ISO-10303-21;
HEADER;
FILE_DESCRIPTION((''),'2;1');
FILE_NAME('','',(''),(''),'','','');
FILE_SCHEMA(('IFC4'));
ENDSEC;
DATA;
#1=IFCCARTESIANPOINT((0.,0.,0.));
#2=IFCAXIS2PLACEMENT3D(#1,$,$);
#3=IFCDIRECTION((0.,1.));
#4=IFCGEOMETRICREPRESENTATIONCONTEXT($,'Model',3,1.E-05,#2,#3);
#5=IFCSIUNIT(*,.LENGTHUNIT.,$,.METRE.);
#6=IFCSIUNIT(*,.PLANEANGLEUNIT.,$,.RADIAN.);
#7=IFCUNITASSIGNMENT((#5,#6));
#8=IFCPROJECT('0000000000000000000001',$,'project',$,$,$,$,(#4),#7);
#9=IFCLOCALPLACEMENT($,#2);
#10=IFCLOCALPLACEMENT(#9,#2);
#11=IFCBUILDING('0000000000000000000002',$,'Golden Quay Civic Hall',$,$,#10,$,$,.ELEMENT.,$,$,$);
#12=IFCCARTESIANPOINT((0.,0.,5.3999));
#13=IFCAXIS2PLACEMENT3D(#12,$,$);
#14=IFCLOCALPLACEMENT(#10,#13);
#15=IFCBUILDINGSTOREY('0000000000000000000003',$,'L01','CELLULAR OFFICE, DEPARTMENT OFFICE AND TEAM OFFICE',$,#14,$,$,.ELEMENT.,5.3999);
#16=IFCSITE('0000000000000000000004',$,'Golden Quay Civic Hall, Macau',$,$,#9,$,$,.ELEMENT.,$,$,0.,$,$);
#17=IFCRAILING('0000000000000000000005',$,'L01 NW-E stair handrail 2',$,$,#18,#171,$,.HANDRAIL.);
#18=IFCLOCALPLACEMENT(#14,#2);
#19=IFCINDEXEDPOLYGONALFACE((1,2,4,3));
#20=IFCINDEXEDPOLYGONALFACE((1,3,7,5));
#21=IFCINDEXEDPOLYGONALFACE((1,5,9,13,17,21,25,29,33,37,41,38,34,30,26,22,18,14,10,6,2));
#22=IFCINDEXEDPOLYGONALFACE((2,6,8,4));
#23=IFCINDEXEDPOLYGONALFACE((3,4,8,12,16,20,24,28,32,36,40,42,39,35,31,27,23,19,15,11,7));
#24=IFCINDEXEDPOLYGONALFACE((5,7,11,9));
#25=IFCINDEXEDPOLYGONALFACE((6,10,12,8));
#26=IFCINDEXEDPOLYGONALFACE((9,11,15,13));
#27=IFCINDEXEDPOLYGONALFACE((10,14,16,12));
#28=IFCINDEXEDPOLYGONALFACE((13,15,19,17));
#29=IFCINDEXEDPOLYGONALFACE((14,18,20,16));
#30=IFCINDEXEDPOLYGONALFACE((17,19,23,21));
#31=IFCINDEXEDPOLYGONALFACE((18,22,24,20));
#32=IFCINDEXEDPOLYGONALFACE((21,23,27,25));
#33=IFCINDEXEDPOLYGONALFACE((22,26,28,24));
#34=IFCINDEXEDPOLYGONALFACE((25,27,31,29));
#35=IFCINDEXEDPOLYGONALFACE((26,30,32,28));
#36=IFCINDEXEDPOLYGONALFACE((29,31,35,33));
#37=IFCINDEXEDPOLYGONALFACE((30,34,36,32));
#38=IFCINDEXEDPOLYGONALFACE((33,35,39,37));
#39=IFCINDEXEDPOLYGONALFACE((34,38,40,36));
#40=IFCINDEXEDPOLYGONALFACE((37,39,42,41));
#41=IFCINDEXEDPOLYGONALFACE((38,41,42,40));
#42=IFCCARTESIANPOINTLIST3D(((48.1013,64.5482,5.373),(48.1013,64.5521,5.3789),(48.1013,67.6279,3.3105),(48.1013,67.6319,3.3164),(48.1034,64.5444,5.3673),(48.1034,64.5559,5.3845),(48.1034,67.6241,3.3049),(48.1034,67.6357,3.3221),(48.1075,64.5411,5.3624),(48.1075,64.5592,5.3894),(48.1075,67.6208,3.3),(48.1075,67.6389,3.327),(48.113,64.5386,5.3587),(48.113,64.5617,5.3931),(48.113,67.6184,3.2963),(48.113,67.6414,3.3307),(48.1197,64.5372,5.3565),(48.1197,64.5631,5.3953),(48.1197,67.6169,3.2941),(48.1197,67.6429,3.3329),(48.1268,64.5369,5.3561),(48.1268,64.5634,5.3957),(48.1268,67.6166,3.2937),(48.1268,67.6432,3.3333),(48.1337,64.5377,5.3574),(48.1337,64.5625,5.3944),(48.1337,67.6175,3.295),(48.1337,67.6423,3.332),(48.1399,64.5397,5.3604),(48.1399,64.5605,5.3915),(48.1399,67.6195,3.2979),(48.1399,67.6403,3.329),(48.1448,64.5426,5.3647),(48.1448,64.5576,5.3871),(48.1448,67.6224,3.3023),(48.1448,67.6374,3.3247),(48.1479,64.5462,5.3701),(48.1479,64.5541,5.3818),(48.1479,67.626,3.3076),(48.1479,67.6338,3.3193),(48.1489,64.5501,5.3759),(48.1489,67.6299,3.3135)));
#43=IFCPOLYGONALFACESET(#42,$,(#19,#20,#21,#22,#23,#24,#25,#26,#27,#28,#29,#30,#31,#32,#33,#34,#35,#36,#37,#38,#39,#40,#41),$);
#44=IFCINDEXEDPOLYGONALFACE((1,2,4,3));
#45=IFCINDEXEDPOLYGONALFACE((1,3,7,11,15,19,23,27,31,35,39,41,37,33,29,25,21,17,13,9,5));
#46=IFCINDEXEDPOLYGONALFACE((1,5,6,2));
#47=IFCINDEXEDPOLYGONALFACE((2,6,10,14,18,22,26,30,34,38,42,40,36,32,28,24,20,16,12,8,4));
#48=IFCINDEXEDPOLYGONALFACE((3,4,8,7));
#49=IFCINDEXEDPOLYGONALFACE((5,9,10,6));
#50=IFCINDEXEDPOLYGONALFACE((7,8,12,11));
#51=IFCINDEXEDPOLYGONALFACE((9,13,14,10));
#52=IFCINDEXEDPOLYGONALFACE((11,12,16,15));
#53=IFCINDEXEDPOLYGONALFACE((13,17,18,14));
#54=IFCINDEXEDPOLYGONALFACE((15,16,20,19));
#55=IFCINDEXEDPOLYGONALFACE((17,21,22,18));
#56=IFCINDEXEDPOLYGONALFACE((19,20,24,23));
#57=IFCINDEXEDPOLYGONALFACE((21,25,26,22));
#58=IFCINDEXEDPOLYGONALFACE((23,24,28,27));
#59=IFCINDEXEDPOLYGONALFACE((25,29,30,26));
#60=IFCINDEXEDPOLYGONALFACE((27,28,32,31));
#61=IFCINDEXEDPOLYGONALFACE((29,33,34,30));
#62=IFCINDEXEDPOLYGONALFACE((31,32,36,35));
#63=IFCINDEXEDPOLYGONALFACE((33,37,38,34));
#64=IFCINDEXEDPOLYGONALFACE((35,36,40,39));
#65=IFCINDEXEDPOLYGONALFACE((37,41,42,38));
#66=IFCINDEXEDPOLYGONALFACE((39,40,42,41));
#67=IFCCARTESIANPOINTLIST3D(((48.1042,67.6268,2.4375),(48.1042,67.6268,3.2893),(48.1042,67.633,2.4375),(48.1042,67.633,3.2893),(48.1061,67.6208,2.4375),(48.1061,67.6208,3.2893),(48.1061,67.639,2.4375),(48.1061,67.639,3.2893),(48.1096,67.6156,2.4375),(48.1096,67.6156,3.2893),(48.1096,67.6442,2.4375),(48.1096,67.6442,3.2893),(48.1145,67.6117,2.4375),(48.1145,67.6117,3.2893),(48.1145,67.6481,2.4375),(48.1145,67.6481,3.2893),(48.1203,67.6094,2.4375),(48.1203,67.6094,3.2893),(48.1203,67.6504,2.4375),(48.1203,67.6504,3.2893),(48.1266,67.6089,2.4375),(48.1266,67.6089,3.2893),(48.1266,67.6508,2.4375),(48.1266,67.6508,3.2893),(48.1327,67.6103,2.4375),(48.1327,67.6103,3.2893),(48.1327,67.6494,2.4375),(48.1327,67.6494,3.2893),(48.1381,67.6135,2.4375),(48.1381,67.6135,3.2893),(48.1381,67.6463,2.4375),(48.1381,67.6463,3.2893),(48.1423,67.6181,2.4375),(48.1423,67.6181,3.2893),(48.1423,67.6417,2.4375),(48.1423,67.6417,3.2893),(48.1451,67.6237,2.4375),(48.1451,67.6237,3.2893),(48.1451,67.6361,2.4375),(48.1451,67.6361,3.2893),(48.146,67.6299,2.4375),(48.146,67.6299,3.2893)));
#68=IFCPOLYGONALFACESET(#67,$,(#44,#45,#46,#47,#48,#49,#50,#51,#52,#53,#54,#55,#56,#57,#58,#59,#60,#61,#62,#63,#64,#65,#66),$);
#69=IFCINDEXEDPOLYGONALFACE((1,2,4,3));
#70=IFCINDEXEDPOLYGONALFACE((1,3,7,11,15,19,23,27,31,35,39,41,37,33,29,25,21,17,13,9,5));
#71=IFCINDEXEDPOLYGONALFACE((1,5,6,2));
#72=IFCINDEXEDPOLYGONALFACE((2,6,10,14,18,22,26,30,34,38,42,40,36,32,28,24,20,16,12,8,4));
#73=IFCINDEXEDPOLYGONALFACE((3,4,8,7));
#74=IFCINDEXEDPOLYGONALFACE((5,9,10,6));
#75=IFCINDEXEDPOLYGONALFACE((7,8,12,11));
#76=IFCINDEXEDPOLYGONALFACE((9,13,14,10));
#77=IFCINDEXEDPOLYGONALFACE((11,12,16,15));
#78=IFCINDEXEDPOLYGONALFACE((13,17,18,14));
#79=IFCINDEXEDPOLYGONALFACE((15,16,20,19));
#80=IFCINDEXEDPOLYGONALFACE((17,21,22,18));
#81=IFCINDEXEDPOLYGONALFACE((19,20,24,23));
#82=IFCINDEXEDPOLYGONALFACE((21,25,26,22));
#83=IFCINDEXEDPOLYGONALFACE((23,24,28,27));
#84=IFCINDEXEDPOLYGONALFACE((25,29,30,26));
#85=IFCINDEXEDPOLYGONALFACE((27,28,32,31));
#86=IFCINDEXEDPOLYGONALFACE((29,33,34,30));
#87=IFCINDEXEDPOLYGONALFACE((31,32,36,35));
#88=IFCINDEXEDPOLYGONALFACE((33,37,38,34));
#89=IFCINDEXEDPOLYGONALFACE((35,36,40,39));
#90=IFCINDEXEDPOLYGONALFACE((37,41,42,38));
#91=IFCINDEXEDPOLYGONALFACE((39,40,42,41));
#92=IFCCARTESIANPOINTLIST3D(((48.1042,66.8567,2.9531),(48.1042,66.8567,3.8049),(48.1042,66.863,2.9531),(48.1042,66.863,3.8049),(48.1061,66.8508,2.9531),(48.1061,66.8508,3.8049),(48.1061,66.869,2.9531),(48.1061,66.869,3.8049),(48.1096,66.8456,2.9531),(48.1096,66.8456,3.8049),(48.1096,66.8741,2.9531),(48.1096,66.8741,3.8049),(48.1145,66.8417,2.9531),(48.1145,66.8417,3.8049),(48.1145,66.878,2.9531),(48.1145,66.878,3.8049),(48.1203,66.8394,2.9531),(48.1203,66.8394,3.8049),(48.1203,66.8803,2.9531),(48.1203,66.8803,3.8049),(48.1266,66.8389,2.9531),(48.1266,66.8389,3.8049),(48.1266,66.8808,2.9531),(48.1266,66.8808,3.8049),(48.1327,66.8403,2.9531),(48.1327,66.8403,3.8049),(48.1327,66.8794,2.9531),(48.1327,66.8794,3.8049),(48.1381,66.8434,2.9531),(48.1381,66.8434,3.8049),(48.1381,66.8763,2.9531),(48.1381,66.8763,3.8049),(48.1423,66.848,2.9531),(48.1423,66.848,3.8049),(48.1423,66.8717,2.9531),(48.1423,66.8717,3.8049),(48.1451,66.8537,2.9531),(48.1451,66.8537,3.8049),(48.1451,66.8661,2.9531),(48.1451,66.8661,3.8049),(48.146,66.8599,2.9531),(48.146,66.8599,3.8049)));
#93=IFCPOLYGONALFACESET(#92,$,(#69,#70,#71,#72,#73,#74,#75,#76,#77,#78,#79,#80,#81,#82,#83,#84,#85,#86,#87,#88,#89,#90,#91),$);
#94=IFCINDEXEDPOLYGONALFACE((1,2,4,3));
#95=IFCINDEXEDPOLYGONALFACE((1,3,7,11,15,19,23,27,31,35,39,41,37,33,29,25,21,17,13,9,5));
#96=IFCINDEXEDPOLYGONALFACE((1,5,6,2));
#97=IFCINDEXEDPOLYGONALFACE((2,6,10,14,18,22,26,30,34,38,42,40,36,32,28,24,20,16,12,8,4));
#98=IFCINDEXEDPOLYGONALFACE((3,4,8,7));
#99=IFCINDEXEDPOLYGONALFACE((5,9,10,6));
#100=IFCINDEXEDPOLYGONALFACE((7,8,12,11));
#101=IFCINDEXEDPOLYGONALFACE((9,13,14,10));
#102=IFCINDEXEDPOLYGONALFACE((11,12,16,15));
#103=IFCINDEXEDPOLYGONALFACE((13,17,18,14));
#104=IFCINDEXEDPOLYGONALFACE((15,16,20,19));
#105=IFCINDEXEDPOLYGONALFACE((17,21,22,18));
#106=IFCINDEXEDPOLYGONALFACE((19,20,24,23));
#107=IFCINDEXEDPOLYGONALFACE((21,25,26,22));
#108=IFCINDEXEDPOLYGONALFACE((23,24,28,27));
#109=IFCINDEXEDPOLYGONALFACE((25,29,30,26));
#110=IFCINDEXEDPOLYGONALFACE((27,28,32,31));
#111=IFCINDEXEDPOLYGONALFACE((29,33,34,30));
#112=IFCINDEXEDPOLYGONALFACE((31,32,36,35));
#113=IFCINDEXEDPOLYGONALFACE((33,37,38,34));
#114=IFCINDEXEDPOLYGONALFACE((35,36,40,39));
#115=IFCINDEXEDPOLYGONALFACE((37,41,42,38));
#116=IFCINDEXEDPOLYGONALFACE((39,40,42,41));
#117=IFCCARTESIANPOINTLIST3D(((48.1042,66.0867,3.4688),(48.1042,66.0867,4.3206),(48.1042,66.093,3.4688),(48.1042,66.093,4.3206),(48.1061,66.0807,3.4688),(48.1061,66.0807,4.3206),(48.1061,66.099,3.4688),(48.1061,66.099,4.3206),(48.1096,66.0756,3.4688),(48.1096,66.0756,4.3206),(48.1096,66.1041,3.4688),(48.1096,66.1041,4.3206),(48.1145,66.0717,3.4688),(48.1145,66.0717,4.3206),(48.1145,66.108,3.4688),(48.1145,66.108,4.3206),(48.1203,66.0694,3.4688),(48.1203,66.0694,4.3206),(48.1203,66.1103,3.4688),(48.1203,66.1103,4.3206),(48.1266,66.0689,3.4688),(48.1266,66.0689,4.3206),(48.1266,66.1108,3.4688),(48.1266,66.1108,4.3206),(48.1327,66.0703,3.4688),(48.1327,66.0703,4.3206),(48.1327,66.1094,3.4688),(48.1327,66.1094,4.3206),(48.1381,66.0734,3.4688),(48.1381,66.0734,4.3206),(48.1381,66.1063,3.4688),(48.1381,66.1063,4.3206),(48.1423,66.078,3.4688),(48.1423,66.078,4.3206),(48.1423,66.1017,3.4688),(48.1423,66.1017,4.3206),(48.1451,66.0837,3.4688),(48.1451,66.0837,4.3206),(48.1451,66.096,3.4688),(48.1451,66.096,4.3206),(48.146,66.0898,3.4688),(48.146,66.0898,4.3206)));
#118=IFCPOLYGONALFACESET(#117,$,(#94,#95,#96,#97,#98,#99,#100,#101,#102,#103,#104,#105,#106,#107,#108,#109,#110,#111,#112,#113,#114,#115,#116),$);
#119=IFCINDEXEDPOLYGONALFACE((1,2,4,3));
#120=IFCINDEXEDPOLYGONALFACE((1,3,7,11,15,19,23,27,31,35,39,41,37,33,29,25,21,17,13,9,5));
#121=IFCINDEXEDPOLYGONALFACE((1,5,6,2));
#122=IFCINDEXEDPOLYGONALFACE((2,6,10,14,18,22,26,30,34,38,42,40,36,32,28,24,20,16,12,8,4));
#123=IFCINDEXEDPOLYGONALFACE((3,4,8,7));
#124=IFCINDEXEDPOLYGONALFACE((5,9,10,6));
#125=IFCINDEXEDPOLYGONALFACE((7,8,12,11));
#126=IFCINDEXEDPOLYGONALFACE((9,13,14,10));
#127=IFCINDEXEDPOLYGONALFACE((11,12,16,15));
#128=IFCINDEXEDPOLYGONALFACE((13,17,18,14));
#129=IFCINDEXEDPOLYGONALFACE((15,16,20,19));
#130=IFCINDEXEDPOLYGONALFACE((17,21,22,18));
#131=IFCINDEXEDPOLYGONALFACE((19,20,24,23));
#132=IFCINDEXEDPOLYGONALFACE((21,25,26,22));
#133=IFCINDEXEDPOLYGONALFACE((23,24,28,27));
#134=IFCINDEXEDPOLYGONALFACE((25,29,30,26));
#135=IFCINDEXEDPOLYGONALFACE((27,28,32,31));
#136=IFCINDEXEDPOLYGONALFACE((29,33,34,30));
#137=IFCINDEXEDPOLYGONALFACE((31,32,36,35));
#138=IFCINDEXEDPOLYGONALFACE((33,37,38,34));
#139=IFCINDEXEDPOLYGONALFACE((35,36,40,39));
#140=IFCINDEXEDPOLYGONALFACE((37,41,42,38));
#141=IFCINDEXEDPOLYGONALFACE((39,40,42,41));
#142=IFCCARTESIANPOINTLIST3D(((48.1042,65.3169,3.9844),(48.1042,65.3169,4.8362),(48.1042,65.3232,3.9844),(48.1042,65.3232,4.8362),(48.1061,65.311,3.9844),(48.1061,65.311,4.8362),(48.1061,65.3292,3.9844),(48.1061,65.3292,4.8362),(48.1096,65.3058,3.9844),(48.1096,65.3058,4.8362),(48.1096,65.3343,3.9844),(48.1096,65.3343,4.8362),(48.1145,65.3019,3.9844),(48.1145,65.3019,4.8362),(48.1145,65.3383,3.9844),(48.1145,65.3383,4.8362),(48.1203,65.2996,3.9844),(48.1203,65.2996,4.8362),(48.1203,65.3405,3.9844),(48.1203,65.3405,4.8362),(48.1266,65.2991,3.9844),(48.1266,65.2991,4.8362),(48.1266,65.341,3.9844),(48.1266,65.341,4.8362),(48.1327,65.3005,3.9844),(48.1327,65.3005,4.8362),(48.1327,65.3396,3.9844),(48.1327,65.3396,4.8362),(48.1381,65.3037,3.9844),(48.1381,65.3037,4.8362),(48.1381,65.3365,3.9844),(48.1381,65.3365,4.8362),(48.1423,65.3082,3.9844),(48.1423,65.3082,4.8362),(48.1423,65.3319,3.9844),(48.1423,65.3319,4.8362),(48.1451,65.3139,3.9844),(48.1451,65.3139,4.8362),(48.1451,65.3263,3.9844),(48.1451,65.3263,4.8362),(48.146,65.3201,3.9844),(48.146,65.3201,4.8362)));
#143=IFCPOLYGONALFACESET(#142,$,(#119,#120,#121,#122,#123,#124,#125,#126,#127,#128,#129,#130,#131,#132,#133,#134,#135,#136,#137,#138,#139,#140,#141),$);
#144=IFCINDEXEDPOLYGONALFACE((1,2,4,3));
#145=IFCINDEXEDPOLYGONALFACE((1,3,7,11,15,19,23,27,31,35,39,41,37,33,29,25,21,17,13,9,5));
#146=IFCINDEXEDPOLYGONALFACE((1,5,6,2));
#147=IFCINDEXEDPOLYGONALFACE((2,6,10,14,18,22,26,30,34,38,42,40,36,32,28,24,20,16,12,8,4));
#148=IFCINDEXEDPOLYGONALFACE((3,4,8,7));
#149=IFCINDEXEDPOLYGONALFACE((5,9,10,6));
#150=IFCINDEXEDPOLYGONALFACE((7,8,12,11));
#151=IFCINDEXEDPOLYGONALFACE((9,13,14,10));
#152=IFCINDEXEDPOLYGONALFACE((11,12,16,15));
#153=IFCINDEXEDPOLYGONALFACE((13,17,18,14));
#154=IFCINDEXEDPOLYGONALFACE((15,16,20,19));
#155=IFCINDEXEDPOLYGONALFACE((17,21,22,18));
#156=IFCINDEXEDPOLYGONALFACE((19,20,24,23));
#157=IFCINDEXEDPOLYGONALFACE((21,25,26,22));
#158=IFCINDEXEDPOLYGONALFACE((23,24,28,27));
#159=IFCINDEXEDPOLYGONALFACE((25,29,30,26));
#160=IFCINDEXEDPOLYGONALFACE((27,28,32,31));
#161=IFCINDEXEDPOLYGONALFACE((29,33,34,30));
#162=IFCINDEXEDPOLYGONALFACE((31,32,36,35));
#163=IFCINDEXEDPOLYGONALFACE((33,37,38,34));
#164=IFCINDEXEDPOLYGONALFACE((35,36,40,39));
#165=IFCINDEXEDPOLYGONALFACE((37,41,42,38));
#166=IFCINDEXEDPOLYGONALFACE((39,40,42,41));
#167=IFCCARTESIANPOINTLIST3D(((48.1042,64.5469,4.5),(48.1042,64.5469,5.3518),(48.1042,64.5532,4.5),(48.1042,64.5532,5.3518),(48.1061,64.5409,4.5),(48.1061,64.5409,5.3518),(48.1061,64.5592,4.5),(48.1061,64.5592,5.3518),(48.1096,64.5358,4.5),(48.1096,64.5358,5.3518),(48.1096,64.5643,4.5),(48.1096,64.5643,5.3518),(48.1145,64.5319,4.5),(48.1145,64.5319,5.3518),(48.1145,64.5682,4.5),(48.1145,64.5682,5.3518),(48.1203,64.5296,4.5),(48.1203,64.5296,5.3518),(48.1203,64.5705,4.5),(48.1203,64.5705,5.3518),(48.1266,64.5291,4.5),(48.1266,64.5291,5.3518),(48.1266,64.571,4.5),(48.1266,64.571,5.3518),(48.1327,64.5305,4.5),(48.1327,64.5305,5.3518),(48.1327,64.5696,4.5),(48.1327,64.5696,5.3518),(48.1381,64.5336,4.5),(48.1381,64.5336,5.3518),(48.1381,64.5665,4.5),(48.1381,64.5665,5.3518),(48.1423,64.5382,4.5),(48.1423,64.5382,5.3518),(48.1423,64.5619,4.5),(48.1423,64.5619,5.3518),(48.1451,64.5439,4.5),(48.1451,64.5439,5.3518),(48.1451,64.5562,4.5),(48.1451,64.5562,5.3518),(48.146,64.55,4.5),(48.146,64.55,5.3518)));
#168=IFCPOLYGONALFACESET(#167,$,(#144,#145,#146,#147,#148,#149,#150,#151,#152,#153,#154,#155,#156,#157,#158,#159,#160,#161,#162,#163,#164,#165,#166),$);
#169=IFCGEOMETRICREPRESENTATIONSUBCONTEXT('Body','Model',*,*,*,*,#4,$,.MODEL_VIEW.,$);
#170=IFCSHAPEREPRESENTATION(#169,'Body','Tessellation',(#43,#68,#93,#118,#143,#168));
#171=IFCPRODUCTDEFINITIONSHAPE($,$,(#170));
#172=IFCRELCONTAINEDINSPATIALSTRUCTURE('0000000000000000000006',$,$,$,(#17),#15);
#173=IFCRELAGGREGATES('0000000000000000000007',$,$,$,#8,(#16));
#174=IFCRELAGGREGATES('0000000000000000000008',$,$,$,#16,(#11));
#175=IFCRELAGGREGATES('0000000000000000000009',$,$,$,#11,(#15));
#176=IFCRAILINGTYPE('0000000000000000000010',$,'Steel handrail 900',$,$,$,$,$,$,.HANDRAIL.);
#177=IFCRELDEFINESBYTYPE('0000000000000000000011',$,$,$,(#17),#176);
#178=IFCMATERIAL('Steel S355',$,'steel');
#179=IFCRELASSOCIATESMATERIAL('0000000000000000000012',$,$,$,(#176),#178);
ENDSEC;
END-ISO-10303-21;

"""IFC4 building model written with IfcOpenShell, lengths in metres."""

from ifc_helpers import new_model, si_unit, direction, frame, origin, origin_2d, place, context, subcontext, project, spatial, circle, extrude, material, type_object, element, save


model = new_model("IFC4")

# Units and contexts
model_context = context("Model", 3, precision=1e-05, world=origin(), true_north=direction((0.0, 1.0)))
body_context = subcontext(model_context, "Body", "Model", "MODEL_VIEW")
ifc_project = project(units=[si_unit("LENGTHUNIT", "METRE"), si_unit("PLANEANGLEUNIT", "RADIAN")], contexts=[model_context])

# Site, building, storey
site_placement = place(None, origin())
site = spatial("IfcSite", under=ifc_project, at=site_placement, Name="Golden Quay Civic Hall, Macau", CompositionType="ELEMENT", RefElevation=0.0)
building_placement = place(site_placement, origin())
building = spatial("IfcBuilding", under=site, at=building_placement, Name="Golden Quay Civic Hall", CompositionType="ELEMENT")
storey_placement = place(building_placement, frame((0.0, 0.0, 5.3999)))
storey = spatial("IfcBuildingStorey", under=building, at=storey_placement, Name="L01", Description="CELLULAR OFFICE, DEPARTMENT OFFICE AND TEAM OFFICE", CompositionType="ELEMENT", Elevation=5.3999)

# Railing
ifc_material_1 = material(Name="Steel S355", Category="steel")
railing_type_1 = type_object("IfcRailingType", Name="Steel handrail 900", PredefinedType="HANDRAIL", material=ifc_material_1)
railing_1_placement = place(storey_placement, frame((48.125, 67.6299, 2.4375)))
element("IfcRailing", 1, at=railing_1_placement, inside=storey, type_object=railing_type_1, Name="L01 NW-E stair handrail 2", PredefinedType="HANDRAIL", context=body_context, shape_type="SweptSolid", body=[
    extrude(circle(Radius=0.0239, at=origin_2d()), frame((0.0, 0.0, 0.876), z_axis=(0.0, -0.830893, 0.556432), x_axis=(1.0, 0.0, 0.0)), (0.0, 0.0, 1.0), 3.7065),
    extrude(circle(Radius=0.021, at=origin_2d()), origin(), (0.0, 0.0, 1.0), 0.8518),
    extrude(circle(Radius=0.021, at=origin_2d()), frame((0.0, -0.77, 0.5156)), (0.0, 0.0, 1.0), 0.8518),
    extrude(circle(Radius=0.021, at=origin_2d()), frame((0.0, -1.54, 1.0312)), (0.0, 0.0, 1.0), 0.8518),
    extrude(circle(Radius=0.021, at=origin_2d()), frame((0.0, -2.3098, 1.5469)), (0.0, 0.0, 1.0), 0.8518),
    extrude(circle(Radius=0.021, at=origin_2d()), frame((0.0, -3.0798, 2.0625)), (0.0, 0.0, 1.0), 0.8518),
])

save(model, "model.ifc")
